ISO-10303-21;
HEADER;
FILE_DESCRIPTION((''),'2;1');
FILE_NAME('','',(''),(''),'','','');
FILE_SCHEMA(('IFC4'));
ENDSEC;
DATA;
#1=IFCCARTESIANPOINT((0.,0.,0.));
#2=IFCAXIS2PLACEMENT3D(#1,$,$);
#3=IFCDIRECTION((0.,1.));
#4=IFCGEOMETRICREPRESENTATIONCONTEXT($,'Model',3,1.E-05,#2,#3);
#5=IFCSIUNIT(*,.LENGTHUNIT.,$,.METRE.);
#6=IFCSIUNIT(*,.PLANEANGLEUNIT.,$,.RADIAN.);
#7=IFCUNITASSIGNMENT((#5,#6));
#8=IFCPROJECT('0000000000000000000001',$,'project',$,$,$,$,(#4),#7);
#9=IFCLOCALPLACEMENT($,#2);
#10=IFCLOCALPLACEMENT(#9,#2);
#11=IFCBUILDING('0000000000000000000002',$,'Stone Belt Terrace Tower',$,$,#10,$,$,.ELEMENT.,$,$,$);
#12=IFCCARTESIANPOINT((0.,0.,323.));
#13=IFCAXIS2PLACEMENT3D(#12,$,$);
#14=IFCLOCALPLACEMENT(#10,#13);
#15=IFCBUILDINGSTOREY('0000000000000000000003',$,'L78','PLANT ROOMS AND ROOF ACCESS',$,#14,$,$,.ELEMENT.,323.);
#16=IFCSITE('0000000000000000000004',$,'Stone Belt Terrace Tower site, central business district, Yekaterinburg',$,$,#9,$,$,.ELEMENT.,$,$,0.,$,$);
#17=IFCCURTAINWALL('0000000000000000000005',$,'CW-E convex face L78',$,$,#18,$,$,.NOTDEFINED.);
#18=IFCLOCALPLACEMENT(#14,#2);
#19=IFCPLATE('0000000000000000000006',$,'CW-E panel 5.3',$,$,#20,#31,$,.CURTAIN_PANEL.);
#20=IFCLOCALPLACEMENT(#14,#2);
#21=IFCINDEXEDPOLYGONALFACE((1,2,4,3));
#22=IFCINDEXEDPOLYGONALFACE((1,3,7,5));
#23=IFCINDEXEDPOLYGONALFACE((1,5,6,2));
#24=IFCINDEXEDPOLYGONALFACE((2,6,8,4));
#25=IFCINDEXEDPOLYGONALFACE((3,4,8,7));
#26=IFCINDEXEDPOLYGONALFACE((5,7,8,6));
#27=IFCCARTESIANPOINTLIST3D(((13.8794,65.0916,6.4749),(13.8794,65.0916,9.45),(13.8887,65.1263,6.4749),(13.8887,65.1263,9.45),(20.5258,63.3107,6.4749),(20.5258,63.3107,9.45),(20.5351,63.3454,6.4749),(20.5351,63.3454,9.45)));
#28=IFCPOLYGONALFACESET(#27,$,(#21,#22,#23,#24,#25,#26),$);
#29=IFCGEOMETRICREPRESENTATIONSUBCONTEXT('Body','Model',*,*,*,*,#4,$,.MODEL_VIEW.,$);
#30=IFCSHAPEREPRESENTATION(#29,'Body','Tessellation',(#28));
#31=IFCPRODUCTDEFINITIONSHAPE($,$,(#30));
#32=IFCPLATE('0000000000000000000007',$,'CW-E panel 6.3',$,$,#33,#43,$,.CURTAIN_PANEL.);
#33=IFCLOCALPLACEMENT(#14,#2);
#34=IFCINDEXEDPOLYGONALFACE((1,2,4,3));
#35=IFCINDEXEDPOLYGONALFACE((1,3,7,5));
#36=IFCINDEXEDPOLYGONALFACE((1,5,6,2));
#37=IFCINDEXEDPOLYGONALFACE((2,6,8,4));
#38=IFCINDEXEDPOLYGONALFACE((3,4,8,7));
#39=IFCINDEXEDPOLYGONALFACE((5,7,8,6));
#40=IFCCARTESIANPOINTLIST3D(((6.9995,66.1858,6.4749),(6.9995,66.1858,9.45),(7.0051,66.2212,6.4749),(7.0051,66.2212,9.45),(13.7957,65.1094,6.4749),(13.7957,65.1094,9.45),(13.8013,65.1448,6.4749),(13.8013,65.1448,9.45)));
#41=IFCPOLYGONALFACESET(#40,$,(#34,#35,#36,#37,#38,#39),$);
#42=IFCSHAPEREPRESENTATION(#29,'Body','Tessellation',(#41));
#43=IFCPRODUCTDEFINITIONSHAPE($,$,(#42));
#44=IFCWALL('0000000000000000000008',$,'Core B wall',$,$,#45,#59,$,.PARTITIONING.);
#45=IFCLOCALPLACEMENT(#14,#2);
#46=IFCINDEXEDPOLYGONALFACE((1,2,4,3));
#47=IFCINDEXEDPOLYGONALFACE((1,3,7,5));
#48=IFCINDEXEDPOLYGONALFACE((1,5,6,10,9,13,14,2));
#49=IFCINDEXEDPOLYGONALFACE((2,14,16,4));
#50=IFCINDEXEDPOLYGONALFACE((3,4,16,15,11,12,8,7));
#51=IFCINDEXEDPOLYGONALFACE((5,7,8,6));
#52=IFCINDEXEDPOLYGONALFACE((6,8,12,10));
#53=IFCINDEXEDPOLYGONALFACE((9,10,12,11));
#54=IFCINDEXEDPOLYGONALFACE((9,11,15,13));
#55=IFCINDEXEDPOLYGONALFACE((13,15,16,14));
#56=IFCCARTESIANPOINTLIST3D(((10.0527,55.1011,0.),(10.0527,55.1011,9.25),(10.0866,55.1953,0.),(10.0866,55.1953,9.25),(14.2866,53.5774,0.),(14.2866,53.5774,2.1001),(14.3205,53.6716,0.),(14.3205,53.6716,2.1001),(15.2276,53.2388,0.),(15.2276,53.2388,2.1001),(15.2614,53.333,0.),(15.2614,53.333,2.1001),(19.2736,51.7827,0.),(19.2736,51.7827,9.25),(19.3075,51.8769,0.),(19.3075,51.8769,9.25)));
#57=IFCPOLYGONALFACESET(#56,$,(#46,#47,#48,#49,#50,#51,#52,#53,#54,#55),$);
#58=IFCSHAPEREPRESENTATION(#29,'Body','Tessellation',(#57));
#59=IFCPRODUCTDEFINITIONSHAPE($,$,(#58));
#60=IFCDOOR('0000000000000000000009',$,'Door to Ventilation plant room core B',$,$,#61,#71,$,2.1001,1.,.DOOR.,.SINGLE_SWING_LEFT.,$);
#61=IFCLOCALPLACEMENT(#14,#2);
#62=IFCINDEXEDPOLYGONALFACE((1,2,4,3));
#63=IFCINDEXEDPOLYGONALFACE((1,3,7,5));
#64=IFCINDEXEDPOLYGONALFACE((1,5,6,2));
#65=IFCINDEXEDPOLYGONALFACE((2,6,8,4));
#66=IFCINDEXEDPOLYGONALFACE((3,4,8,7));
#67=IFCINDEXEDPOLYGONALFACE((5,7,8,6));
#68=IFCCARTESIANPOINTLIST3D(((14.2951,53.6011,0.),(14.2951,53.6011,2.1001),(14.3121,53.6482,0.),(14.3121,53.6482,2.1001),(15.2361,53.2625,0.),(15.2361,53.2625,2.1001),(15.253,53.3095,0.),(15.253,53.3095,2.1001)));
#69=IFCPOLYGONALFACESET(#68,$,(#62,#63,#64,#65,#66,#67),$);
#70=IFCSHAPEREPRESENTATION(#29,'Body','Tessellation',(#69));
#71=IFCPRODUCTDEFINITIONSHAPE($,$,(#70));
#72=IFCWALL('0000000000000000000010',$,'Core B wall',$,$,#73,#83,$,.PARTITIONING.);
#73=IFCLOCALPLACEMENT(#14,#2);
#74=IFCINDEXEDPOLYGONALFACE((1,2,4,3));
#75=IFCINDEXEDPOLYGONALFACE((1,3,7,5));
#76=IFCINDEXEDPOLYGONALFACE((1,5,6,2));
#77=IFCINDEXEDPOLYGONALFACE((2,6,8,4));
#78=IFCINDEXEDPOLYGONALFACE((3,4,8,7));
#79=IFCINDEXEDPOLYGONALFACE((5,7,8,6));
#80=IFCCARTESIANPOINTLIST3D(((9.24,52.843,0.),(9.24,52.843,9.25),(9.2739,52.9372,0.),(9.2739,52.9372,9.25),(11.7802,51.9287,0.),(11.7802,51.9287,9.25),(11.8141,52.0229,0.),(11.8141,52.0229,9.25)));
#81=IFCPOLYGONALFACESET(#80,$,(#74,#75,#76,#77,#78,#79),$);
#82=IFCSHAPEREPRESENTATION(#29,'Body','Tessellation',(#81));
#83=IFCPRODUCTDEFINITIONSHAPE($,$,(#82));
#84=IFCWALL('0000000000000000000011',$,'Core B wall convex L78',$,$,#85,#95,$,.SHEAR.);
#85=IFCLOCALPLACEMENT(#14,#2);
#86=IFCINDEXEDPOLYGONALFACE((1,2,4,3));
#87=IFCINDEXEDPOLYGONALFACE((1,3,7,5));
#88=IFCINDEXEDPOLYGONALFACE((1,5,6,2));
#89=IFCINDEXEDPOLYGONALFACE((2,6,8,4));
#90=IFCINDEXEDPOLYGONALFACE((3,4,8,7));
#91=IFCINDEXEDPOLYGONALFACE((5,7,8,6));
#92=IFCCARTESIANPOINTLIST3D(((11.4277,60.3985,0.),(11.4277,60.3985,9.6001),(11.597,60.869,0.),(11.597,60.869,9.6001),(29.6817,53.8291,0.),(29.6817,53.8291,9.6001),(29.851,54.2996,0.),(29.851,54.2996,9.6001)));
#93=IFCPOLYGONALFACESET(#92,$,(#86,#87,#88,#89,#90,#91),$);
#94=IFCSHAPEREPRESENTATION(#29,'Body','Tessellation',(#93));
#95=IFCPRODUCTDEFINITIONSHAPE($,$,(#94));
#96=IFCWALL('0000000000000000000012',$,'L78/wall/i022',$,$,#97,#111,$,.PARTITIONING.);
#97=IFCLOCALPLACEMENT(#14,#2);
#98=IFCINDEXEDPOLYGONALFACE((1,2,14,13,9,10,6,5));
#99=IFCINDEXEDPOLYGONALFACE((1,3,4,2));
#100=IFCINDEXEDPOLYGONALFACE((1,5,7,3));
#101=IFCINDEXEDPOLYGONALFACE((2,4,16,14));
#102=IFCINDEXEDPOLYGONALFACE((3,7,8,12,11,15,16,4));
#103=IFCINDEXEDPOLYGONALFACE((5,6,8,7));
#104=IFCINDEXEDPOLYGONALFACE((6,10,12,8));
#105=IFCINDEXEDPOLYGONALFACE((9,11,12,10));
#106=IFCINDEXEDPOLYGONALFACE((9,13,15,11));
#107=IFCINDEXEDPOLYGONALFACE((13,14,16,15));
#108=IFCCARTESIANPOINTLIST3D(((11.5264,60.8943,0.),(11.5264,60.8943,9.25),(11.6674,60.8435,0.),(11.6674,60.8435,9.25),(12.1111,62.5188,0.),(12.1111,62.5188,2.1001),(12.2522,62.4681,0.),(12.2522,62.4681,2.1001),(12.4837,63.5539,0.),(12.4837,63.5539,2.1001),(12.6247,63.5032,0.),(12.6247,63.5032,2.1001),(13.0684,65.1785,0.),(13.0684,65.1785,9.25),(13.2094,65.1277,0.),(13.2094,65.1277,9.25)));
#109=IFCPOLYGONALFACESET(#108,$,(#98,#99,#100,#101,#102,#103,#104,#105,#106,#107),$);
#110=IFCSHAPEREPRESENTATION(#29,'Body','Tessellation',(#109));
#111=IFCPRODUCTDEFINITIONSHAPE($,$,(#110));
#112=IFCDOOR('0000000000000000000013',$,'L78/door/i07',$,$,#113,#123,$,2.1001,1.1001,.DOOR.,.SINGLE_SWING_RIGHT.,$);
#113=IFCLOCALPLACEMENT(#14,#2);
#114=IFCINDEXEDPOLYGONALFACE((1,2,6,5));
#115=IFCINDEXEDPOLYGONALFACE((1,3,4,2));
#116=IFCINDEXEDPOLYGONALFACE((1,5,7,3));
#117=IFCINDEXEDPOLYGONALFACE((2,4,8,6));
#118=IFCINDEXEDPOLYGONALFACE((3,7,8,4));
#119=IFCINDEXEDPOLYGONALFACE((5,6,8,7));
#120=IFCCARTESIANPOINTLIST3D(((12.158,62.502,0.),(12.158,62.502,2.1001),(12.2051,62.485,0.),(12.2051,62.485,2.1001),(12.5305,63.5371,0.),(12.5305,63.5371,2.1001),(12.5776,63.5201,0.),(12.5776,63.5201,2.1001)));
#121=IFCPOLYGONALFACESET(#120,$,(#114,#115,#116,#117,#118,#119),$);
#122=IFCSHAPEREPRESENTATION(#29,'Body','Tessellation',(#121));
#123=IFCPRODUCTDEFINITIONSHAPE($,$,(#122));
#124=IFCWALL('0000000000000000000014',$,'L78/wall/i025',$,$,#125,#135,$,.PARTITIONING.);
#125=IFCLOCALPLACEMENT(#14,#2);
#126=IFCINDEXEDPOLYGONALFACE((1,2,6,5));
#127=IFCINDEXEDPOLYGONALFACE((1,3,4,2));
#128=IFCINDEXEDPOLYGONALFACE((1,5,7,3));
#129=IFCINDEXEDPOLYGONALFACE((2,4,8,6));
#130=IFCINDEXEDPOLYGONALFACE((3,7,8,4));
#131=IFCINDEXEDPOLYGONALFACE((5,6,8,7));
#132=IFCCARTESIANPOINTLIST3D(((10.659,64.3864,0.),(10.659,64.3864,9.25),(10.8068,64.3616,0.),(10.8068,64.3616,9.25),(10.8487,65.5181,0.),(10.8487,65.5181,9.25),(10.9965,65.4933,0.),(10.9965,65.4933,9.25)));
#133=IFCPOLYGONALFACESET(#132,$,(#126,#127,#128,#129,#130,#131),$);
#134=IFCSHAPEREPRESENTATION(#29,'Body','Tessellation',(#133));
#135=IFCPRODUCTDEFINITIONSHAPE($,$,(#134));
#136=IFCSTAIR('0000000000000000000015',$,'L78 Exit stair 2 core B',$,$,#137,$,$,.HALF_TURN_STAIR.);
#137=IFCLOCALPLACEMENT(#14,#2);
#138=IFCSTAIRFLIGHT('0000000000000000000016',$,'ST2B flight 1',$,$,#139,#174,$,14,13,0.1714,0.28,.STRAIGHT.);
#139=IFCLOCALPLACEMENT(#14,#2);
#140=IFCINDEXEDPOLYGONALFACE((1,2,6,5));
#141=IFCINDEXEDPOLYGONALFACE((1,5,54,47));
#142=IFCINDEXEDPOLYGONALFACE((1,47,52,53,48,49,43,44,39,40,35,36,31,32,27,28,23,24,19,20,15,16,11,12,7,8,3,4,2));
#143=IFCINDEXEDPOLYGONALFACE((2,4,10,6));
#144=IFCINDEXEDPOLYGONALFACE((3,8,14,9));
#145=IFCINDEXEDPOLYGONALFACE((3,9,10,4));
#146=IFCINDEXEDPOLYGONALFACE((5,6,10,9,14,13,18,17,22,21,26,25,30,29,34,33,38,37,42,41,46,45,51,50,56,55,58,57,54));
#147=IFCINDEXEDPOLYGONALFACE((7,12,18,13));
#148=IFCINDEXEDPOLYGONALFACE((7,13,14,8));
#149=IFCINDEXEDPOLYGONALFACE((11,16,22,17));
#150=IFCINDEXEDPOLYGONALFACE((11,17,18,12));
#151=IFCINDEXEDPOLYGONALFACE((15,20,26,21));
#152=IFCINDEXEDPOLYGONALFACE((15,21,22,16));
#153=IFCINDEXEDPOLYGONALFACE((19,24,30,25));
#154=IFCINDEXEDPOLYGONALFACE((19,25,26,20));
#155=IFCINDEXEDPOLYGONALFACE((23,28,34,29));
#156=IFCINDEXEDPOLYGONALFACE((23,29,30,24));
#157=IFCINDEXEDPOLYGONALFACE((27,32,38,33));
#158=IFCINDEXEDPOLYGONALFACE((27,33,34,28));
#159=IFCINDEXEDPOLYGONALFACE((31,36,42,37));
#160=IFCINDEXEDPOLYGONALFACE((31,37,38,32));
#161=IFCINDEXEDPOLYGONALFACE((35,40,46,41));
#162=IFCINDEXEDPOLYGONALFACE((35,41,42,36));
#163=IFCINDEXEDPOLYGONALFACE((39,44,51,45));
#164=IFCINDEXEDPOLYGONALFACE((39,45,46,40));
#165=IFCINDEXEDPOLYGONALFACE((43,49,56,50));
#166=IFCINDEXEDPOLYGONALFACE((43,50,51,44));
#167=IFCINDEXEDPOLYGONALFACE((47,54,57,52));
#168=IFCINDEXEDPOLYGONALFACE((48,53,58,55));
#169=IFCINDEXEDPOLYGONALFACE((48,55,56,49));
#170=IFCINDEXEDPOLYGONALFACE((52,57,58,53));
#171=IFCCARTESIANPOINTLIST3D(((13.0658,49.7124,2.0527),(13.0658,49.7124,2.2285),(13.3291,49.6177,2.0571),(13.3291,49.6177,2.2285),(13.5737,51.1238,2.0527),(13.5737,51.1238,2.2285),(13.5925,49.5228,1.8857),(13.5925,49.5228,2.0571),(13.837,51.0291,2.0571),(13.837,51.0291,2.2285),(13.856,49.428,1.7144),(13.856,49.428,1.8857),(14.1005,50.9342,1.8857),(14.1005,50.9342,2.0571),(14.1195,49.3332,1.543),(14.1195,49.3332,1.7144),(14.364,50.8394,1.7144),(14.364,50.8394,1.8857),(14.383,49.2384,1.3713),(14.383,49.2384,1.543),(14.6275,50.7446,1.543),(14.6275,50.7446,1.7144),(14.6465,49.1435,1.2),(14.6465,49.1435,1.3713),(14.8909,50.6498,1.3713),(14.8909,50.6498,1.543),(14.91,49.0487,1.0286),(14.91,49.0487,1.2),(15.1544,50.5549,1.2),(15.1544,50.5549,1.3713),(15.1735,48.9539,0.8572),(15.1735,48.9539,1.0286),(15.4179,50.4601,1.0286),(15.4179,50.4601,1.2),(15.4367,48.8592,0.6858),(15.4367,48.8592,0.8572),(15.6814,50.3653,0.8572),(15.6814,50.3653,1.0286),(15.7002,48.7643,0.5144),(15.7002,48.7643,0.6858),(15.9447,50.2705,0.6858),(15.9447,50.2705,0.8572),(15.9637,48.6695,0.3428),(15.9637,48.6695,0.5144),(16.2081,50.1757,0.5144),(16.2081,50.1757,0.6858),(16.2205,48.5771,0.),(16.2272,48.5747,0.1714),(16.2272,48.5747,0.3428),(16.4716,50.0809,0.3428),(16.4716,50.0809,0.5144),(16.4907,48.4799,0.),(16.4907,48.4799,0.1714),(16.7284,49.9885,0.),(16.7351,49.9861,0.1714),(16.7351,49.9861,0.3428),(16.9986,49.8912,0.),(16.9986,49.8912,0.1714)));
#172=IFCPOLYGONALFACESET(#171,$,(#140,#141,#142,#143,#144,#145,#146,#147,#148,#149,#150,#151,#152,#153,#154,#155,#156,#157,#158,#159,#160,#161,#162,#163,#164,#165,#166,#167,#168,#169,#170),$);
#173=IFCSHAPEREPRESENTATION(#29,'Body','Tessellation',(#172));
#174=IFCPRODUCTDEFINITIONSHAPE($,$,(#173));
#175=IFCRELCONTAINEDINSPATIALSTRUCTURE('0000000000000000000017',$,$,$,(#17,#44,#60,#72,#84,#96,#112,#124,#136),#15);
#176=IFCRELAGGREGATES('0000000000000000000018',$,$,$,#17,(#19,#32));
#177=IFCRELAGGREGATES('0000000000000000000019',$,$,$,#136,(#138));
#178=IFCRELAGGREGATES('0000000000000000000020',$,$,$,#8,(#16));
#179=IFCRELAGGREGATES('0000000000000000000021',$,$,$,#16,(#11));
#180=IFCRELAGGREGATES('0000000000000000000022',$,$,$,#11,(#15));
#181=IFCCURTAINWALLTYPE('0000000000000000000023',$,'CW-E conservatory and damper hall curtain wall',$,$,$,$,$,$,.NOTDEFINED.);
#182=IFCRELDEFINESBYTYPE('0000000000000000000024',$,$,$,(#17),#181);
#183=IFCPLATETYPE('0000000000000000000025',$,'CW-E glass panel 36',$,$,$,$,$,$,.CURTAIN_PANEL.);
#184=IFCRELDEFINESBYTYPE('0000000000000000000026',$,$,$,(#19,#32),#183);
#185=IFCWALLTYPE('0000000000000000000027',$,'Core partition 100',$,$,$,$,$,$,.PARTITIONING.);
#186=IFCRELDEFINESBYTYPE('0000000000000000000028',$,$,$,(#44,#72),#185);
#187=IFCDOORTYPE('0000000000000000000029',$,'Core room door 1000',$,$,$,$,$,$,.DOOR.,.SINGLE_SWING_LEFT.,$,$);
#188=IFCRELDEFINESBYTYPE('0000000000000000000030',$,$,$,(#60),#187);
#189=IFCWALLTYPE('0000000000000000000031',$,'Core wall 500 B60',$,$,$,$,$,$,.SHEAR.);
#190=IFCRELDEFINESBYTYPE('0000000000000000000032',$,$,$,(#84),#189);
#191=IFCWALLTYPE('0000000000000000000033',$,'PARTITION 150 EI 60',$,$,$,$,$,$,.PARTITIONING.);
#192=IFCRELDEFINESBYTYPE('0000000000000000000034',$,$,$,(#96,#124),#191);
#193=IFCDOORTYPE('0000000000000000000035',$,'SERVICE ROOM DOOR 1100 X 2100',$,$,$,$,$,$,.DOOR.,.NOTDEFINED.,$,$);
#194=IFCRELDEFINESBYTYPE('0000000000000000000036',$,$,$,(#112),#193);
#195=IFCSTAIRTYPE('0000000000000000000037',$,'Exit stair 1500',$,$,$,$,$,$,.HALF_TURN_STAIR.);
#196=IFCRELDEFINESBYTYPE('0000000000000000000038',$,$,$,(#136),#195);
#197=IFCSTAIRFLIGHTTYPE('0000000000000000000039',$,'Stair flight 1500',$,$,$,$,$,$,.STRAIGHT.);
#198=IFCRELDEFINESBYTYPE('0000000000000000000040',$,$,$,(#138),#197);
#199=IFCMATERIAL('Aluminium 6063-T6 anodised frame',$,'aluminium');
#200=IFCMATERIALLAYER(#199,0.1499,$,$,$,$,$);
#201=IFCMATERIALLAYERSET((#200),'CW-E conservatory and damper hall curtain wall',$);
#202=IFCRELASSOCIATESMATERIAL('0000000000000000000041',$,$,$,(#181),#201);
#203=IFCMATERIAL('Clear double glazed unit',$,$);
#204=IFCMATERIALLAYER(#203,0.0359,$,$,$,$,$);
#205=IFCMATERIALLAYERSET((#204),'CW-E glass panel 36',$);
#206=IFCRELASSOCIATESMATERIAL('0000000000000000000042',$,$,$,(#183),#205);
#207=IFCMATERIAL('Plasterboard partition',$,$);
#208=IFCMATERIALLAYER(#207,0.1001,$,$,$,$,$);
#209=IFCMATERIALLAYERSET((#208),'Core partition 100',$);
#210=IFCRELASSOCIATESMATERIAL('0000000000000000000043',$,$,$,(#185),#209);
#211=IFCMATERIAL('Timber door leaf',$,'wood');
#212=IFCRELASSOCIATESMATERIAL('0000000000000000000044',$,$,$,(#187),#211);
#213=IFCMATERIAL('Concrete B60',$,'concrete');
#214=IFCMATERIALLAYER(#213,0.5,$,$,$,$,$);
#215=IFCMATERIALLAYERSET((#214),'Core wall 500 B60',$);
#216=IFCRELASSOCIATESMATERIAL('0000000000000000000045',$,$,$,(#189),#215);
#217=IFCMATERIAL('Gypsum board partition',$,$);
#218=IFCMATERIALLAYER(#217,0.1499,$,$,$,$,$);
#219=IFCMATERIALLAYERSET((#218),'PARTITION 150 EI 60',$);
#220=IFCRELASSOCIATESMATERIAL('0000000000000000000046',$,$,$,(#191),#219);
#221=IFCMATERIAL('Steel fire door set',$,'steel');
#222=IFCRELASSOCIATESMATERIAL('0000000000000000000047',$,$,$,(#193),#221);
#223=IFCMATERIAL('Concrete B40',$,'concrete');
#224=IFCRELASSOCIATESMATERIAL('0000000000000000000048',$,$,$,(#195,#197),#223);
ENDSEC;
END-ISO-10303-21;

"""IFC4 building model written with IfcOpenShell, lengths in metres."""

from ifc_helpers import new_model, si_unit, direction, frame, frame_2d, origin, origin_2d, place, context, subcontext, project, spatial, polyline, rectangle, outline, extrude, material, layer, layer_set, type_object, element, fill, aggregate, save


model = new_model("IFC4")

# Units and contexts
model_context = context("Model", 3, precision=1e-05, world=origin(), true_north=direction((0.0, 1.0)))
body_context = subcontext(model_context, "Body", "Model", "MODEL_VIEW")
ifc_project = project(units=[si_unit("LENGTHUNIT", "METRE"), si_unit("PLANEANGLEUNIT", "RADIAN")], contexts=[model_context])

# Site, building, storey
site_placement = place(None, origin())
site = spatial("IfcSite", under=ifc_project, at=site_placement, Name="Stone Belt Terrace Tower site, central business district, Yekaterinburg", CompositionType="ELEMENT", RefElevation=0.0)
building_placement = place(site_placement, origin())
building = spatial("IfcBuilding", under=site, at=building_placement, Name="Stone Belt Terrace Tower", CompositionType="ELEMENT")
storey_placement = place(building_placement, frame((0.0, 0.0, 323.0)))
storey = spatial("IfcBuildingStorey", under=building, at=storey_placement, Name="L78", Description="PLANT ROOMS AND ROOF ACCESS", CompositionType="ELEMENT", Elevation=323.0)

# Shared definitions
ifc_material_1 = material(Name="Concrete B60", Category="concrete")

# Curtain wall, plates
ifc_material_2 = material(Name="Aluminium 6063-T6 anodised frame", Category="aluminium")
ifc_layer_1 = layer(ifc_material_2, 0.1499)
ifc_layer_set_1 = layer_set([ifc_layer_1], Name="CW-E conservatory and damper hall curtain wall")
curtain_wall_type = type_object("IfcCurtainWallType", Name="CW-E conservatory and damper hall curtain wall", PredefinedType="NOTDEFINED", material=ifc_layer_set_1)
curtain_wall_placement = place(storey_placement, origin())
curtain_wall = element("IfcCurtainWall", 1, at=curtain_wall_placement, inside=storey, type_object=curtain_wall_type, Name="CW-E convex face L78", PredefinedType="NOTDEFINED")
ifc_material_3 = material(Name="Clear double glazed unit")
ifc_layer_2 = layer(ifc_material_3, 0.0359)
ifc_layer_set_2 = layer_set([ifc_layer_2], Name="CW-E glass panel 36")
plate_type = type_object("IfcPlateType", Name="CW-E glass panel 36", PredefinedType="CURTAIN_PANEL", material=ifc_layer_set_2)
plate_1_placement = place(storey_placement, frame((17.2073, 64.2185, 6.4749), z_axis=(0.0, 0.0, 1.0), x_axis=(-0.965926, 0.258819, 0.0)))
plate_1 = element("IfcPlate", 2, at=plate_1_placement, type_object=plate_type, Name="CW-E panel 5.3", PredefinedType="CURTAIN_PANEL", context=body_context, shape_type="SweptSolid", body=[
    extrude(rectangle(XDim=6.8809, YDim=0.0359, at=origin_2d()), origin(), (0.0, 0.0, 1.0), 2.9751),
])
plate_2_placement = place(storey_placement, frame((10.4004, 65.6653, 6.4749), z_axis=(0.0, 0.0, 1.0), x_axis=(-0.987688, 0.156434, 0.0)))
plate_2 = element("IfcPlate", 3, at=plate_2_placement, type_object=plate_type, Name="CW-E panel 6.3", PredefinedType="CURTAIN_PANEL", context=body_context, shape_type="SweptSolid", body=[
    extrude(rectangle(XDim=6.8809, YDim=0.0359, at=origin_2d()), origin(), (0.0, 0.0, 1.0), 2.9751),
])
aggregate(curtain_wall, [plate_1, plate_2])

# Wall, opening, door
ifc_material_4 = material(Name="Plasterboard partition")
ifc_layer_3 = layer(ifc_material_4, 0.1001)
ifc_layer_set_3 = layer_set([ifc_layer_3], Name="Core partition 100")
wall_type_1 = type_object("IfcWallType", Name="Core partition 100", PredefinedType="PARTITIONING", material=ifc_layer_set_3)
wall_1_placement = place(storey_placement, frame((19.2905, 51.8298, 0.0), z_axis=(0.0, 0.0, 1.0), x_axis=(-0.940926, 0.338613, 0.0)))
wall_1 = element("IfcWall", 4, at=wall_1_placement, inside=storey, type_object=wall_type_1, Name="Core B wall", PredefinedType="PARTITIONING", context=body_context, shape_type="SweptSolid", body=[
    extrude(rectangle(XDim=9.7998, YDim=0.1001, at=frame_2d((4.8999, 0.0))), origin(), (0.0, 0.0, 1.0), 9.25),
])
opening_1_placement = place(wall_1_placement, frame((4.3, 0.0, 0.0)))
opening_1 = element("IfcOpeningElement", 5, at=opening_1_placement, cuts=wall_1, PredefinedType="OPENING", context=body_context, shape_type="SweptSolid", body=[
    extrude(rectangle(XDim=1.0, YDim=2.1001, at=frame_2d((0.5, 1.05))), frame((0.0, 0.0601, 0.0), z_axis=(0.0, -1.0, 0.0), x_axis=(1.0, 0.0, 0.0)), (0.0, 0.0, 1.0), 0.1201),
])
ifc_material_5 = material(Name="Timber door leaf", Category="wood")
door_type_1 = type_object("IfcDoorType", Name="Core room door 1000", OperationType="SINGLE_SWING_LEFT", PredefinedType="DOOR", material=ifc_material_5)
door_1_placement = place(opening_1_placement, origin())
door_1 = element("IfcDoor", 6, at=door_1_placement, inside=storey, type_object=door_type_1, Name="Door to Ventilation plant room core B", OperationType="SINGLE_SWING_LEFT", OverallHeight=2.1001, OverallWidth=1.0, PredefinedType="DOOR", context=body_context, shape_type="SweptSolid", body=[
    extrude(rectangle(XDim=1.0, YDim=2.1001, at=frame_2d((0.5, 1.05))), frame((0.0, 0.0249, 0.0), z_axis=(0.0, -1.0, 0.0), x_axis=(1.0, 0.0, 0.0)), (0.0, 0.0, 1.0), 0.05),
])
fill(opening_1, door_1)

# Walls
wall_2_placement = place(storey_placement, frame((11.7971, 51.9758, 0.0), z_axis=(0.0, 0.0, 1.0), x_axis=(-0.94091, 0.338655, 0.0)))
element("IfcWall", 7, at=wall_2_placement, inside=storey, type_object=wall_type_1, Name="Core B wall", PredefinedType="PARTITIONING", context=body_context, shape_type="SweptSolid", body=[
    extrude(rectangle(XDim=2.6997, YDim=0.1001, at=frame_2d((1.3499, 0.0))), origin(), (0.0, 0.0, 1.0), 9.25),
])
ifc_layer_4 = layer(ifc_material_1, 0.5)
ifc_layer_set_4 = layer_set([ifc_layer_4], Name="Core wall 500 B60")
wall_type_2 = type_object("IfcWallType", Name="Core wall 500 B60", PredefinedType="SHEAR", material=ifc_layer_set_4)
wall_3_placement = place(storey_placement, frame((11.5122, 60.6338, 0.0), z_axis=(0.0, 0.0, 1.0), x_axis=(0.940921, -0.338625, 0.0)))
element("IfcWall", 8, at=wall_3_placement, inside=storey, type_object=wall_type_2, Name="Core B wall convex L78", PredefinedType="SHEAR", context=body_context, shape_type="SweptSolid", body=[
    extrude(rectangle(XDim=19.4001, YDim=0.5, at=frame_2d((9.7002, 0.0))), origin(), (0.0, 0.0, 1.0), 9.6001),
])

# Wall, opening, door
ifc_material_6 = material(Name="Gypsum board partition")
ifc_layer_5 = layer(ifc_material_6, 0.1499)
ifc_layer_set_5 = layer_set([ifc_layer_5], Name="PARTITION 150 EI 60")
wall_type_3 = type_object("IfcWallType", Name="PARTITION 150 EI 60", PredefinedType="PARTITIONING", material=ifc_layer_set_5)
wall_4_placement = place(storey_placement, frame((13.1389, 65.1531, 0.0), z_axis=(0.0, 0.0, 1.0), x_axis=(-0.338659, -0.940909, 0.0)))
wall_4 = element("IfcWall", 9, at=wall_4_placement, inside=storey, type_object=wall_type_3, Name="L78/wall/i022", PredefinedType="PARTITIONING", context=body_context, shape_type="SweptSolid", body=[
    extrude(rectangle(XDim=4.5532, YDim=0.1499, at=frame_2d((2.2766, 0.0))), origin(), (0.0, 0.0, 1.0), 9.25),
])
opening_2_placement = place(wall_4_placement, frame((1.7266, 0.0, 0.0)))
opening_2 = element("IfcOpeningElement", 10, at=opening_2_placement, cuts=wall_4, PredefinedType="OPENING", context=body_context, shape_type="SweptSolid", body=[
    extrude(rectangle(XDim=1.1001, YDim=2.1001, at=frame_2d((0.55, 1.05))), frame((0.0, 0.085, 0.0), z_axis=(0.0, -1.0, 0.0), x_axis=(1.0, 0.0, 0.0)), (0.0, 0.0, 1.0), 0.1699),
])
ifc_material_7 = material(Name="Steel fire door set", Category="steel")
door_type_2 = type_object("IfcDoorType", Name="SERVICE ROOM DOOR 1100 X 2100", OperationType="NOTDEFINED", PredefinedType="DOOR", material=ifc_material_7)
door_2_placement = place(opening_2_placement, origin())
door_2 = element("IfcDoor", 11, at=door_2_placement, inside=storey, type_object=door_type_2, Name="L78/door/i07", OperationType="SINGLE_SWING_RIGHT", OverallHeight=2.1001, OverallWidth=1.1001, PredefinedType="DOOR", context=body_context, shape_type="SweptSolid", body=[
    extrude(rectangle(XDim=1.1001, YDim=2.1001, at=frame_2d((0.55, 1.05))), frame((0.0, 0.0249, 0.0), z_axis=(0.0, -1.0, 0.0), x_axis=(1.0, 0.0, 0.0)), (0.0, 0.0, 1.0), 0.05),
])
fill(opening_2, door_2)

# Wall
wall_5_placement = place(storey_placement, frame((10.7329, 64.374, 0.0), z_axis=(0.0, 0.0, 1.0), x_axis=(0.165331, 0.986238, 0.0)))
element("IfcWall", 12, at=wall_5_placement, inside=storey, type_object=wall_type_3, Name="L78/wall/i025", PredefinedType="PARTITIONING", context=body_context, shape_type="SweptSolid", body=[
    extrude(rectangle(XDim=1.1475, YDim=0.1499, at=frame_2d((0.5737, 0.0))), origin(), (0.0, 0.0, 1.0), 9.25),
])

# Stair, stair flight
ifc_material_8 = material(Name="Concrete B40", Category="concrete")
stair_type = type_object("IfcStairType", Name="Exit stair 1500", PredefinedType="HALF_TURN_STAIR", material=ifc_material_8)
stair_placement = place(storey_placement, origin())
stair = element("IfcStair", 13, at=stair_placement, inside=storey, type_object=stair_type, Name="L78 Exit stair 2 core B", PredefinedType="HALF_TURN_STAIR")
stair_flight_type = type_object("IfcStairFlightType", Name="Stair flight 1500", PredefinedType="STRAIGHT", material=ifc_material_8)
stair_flight_1_placement = place(storey_placement, frame((16.7446, 49.1855, 0.0), z_axis=(0.0, 0.0, 1.0), x_axis=(-0.940922, 0.338624, 0.0)))
stair_flight_1 = element("IfcStairFlight", 14, at=stair_flight_1_placement, type_object=stair_flight_type, Name="ST2B flight 1", NumberOfRisers=14, NumberOfTreads=13, PredefinedType="STRAIGHT", RiserHeight=0.1714, TreadLength=0.28, context=body_context, shape_type="SweptSolid", body=[
    extrude(outline(polyline([(0.0, 0.0), (0.0, 0.1714), (0.28, 0.1714), (0.28, 0.3428), (0.5601, 0.3428), (0.5601, 0.5144), (0.8401, 0.5144), (0.8401, 0.6858), (1.1201, 0.6858), (1.1201, 0.8572), (1.3999, 0.8572), (1.3999, 1.0286), (1.6799, 1.0286), (1.6799, 1.2), (1.96, 1.2), (1.96, 1.3713), (2.24, 1.3713), (2.24, 1.543), (2.52, 1.543), (2.52, 1.7144), (2.8, 1.7144), (2.8, 1.8857), (3.0801, 1.8857), (3.0801, 2.0571), (3.3601, 2.0571), (3.3601, 2.2285), (3.6399, 2.2285), (3.6399, 2.3999), (3.6399, 2.0527), (0.2871, 0.0), (0.0, 0.0)])), frame((0.0, 0.75, 0.0), z_axis=(0.0, -1.0, 0.0), x_axis=(1.0, 0.0, 0.0)), (0.0, 0.0, 1.0), 1.5),
])
aggregate(stair, [stair_flight_1])

save(model, "model.ifc")
